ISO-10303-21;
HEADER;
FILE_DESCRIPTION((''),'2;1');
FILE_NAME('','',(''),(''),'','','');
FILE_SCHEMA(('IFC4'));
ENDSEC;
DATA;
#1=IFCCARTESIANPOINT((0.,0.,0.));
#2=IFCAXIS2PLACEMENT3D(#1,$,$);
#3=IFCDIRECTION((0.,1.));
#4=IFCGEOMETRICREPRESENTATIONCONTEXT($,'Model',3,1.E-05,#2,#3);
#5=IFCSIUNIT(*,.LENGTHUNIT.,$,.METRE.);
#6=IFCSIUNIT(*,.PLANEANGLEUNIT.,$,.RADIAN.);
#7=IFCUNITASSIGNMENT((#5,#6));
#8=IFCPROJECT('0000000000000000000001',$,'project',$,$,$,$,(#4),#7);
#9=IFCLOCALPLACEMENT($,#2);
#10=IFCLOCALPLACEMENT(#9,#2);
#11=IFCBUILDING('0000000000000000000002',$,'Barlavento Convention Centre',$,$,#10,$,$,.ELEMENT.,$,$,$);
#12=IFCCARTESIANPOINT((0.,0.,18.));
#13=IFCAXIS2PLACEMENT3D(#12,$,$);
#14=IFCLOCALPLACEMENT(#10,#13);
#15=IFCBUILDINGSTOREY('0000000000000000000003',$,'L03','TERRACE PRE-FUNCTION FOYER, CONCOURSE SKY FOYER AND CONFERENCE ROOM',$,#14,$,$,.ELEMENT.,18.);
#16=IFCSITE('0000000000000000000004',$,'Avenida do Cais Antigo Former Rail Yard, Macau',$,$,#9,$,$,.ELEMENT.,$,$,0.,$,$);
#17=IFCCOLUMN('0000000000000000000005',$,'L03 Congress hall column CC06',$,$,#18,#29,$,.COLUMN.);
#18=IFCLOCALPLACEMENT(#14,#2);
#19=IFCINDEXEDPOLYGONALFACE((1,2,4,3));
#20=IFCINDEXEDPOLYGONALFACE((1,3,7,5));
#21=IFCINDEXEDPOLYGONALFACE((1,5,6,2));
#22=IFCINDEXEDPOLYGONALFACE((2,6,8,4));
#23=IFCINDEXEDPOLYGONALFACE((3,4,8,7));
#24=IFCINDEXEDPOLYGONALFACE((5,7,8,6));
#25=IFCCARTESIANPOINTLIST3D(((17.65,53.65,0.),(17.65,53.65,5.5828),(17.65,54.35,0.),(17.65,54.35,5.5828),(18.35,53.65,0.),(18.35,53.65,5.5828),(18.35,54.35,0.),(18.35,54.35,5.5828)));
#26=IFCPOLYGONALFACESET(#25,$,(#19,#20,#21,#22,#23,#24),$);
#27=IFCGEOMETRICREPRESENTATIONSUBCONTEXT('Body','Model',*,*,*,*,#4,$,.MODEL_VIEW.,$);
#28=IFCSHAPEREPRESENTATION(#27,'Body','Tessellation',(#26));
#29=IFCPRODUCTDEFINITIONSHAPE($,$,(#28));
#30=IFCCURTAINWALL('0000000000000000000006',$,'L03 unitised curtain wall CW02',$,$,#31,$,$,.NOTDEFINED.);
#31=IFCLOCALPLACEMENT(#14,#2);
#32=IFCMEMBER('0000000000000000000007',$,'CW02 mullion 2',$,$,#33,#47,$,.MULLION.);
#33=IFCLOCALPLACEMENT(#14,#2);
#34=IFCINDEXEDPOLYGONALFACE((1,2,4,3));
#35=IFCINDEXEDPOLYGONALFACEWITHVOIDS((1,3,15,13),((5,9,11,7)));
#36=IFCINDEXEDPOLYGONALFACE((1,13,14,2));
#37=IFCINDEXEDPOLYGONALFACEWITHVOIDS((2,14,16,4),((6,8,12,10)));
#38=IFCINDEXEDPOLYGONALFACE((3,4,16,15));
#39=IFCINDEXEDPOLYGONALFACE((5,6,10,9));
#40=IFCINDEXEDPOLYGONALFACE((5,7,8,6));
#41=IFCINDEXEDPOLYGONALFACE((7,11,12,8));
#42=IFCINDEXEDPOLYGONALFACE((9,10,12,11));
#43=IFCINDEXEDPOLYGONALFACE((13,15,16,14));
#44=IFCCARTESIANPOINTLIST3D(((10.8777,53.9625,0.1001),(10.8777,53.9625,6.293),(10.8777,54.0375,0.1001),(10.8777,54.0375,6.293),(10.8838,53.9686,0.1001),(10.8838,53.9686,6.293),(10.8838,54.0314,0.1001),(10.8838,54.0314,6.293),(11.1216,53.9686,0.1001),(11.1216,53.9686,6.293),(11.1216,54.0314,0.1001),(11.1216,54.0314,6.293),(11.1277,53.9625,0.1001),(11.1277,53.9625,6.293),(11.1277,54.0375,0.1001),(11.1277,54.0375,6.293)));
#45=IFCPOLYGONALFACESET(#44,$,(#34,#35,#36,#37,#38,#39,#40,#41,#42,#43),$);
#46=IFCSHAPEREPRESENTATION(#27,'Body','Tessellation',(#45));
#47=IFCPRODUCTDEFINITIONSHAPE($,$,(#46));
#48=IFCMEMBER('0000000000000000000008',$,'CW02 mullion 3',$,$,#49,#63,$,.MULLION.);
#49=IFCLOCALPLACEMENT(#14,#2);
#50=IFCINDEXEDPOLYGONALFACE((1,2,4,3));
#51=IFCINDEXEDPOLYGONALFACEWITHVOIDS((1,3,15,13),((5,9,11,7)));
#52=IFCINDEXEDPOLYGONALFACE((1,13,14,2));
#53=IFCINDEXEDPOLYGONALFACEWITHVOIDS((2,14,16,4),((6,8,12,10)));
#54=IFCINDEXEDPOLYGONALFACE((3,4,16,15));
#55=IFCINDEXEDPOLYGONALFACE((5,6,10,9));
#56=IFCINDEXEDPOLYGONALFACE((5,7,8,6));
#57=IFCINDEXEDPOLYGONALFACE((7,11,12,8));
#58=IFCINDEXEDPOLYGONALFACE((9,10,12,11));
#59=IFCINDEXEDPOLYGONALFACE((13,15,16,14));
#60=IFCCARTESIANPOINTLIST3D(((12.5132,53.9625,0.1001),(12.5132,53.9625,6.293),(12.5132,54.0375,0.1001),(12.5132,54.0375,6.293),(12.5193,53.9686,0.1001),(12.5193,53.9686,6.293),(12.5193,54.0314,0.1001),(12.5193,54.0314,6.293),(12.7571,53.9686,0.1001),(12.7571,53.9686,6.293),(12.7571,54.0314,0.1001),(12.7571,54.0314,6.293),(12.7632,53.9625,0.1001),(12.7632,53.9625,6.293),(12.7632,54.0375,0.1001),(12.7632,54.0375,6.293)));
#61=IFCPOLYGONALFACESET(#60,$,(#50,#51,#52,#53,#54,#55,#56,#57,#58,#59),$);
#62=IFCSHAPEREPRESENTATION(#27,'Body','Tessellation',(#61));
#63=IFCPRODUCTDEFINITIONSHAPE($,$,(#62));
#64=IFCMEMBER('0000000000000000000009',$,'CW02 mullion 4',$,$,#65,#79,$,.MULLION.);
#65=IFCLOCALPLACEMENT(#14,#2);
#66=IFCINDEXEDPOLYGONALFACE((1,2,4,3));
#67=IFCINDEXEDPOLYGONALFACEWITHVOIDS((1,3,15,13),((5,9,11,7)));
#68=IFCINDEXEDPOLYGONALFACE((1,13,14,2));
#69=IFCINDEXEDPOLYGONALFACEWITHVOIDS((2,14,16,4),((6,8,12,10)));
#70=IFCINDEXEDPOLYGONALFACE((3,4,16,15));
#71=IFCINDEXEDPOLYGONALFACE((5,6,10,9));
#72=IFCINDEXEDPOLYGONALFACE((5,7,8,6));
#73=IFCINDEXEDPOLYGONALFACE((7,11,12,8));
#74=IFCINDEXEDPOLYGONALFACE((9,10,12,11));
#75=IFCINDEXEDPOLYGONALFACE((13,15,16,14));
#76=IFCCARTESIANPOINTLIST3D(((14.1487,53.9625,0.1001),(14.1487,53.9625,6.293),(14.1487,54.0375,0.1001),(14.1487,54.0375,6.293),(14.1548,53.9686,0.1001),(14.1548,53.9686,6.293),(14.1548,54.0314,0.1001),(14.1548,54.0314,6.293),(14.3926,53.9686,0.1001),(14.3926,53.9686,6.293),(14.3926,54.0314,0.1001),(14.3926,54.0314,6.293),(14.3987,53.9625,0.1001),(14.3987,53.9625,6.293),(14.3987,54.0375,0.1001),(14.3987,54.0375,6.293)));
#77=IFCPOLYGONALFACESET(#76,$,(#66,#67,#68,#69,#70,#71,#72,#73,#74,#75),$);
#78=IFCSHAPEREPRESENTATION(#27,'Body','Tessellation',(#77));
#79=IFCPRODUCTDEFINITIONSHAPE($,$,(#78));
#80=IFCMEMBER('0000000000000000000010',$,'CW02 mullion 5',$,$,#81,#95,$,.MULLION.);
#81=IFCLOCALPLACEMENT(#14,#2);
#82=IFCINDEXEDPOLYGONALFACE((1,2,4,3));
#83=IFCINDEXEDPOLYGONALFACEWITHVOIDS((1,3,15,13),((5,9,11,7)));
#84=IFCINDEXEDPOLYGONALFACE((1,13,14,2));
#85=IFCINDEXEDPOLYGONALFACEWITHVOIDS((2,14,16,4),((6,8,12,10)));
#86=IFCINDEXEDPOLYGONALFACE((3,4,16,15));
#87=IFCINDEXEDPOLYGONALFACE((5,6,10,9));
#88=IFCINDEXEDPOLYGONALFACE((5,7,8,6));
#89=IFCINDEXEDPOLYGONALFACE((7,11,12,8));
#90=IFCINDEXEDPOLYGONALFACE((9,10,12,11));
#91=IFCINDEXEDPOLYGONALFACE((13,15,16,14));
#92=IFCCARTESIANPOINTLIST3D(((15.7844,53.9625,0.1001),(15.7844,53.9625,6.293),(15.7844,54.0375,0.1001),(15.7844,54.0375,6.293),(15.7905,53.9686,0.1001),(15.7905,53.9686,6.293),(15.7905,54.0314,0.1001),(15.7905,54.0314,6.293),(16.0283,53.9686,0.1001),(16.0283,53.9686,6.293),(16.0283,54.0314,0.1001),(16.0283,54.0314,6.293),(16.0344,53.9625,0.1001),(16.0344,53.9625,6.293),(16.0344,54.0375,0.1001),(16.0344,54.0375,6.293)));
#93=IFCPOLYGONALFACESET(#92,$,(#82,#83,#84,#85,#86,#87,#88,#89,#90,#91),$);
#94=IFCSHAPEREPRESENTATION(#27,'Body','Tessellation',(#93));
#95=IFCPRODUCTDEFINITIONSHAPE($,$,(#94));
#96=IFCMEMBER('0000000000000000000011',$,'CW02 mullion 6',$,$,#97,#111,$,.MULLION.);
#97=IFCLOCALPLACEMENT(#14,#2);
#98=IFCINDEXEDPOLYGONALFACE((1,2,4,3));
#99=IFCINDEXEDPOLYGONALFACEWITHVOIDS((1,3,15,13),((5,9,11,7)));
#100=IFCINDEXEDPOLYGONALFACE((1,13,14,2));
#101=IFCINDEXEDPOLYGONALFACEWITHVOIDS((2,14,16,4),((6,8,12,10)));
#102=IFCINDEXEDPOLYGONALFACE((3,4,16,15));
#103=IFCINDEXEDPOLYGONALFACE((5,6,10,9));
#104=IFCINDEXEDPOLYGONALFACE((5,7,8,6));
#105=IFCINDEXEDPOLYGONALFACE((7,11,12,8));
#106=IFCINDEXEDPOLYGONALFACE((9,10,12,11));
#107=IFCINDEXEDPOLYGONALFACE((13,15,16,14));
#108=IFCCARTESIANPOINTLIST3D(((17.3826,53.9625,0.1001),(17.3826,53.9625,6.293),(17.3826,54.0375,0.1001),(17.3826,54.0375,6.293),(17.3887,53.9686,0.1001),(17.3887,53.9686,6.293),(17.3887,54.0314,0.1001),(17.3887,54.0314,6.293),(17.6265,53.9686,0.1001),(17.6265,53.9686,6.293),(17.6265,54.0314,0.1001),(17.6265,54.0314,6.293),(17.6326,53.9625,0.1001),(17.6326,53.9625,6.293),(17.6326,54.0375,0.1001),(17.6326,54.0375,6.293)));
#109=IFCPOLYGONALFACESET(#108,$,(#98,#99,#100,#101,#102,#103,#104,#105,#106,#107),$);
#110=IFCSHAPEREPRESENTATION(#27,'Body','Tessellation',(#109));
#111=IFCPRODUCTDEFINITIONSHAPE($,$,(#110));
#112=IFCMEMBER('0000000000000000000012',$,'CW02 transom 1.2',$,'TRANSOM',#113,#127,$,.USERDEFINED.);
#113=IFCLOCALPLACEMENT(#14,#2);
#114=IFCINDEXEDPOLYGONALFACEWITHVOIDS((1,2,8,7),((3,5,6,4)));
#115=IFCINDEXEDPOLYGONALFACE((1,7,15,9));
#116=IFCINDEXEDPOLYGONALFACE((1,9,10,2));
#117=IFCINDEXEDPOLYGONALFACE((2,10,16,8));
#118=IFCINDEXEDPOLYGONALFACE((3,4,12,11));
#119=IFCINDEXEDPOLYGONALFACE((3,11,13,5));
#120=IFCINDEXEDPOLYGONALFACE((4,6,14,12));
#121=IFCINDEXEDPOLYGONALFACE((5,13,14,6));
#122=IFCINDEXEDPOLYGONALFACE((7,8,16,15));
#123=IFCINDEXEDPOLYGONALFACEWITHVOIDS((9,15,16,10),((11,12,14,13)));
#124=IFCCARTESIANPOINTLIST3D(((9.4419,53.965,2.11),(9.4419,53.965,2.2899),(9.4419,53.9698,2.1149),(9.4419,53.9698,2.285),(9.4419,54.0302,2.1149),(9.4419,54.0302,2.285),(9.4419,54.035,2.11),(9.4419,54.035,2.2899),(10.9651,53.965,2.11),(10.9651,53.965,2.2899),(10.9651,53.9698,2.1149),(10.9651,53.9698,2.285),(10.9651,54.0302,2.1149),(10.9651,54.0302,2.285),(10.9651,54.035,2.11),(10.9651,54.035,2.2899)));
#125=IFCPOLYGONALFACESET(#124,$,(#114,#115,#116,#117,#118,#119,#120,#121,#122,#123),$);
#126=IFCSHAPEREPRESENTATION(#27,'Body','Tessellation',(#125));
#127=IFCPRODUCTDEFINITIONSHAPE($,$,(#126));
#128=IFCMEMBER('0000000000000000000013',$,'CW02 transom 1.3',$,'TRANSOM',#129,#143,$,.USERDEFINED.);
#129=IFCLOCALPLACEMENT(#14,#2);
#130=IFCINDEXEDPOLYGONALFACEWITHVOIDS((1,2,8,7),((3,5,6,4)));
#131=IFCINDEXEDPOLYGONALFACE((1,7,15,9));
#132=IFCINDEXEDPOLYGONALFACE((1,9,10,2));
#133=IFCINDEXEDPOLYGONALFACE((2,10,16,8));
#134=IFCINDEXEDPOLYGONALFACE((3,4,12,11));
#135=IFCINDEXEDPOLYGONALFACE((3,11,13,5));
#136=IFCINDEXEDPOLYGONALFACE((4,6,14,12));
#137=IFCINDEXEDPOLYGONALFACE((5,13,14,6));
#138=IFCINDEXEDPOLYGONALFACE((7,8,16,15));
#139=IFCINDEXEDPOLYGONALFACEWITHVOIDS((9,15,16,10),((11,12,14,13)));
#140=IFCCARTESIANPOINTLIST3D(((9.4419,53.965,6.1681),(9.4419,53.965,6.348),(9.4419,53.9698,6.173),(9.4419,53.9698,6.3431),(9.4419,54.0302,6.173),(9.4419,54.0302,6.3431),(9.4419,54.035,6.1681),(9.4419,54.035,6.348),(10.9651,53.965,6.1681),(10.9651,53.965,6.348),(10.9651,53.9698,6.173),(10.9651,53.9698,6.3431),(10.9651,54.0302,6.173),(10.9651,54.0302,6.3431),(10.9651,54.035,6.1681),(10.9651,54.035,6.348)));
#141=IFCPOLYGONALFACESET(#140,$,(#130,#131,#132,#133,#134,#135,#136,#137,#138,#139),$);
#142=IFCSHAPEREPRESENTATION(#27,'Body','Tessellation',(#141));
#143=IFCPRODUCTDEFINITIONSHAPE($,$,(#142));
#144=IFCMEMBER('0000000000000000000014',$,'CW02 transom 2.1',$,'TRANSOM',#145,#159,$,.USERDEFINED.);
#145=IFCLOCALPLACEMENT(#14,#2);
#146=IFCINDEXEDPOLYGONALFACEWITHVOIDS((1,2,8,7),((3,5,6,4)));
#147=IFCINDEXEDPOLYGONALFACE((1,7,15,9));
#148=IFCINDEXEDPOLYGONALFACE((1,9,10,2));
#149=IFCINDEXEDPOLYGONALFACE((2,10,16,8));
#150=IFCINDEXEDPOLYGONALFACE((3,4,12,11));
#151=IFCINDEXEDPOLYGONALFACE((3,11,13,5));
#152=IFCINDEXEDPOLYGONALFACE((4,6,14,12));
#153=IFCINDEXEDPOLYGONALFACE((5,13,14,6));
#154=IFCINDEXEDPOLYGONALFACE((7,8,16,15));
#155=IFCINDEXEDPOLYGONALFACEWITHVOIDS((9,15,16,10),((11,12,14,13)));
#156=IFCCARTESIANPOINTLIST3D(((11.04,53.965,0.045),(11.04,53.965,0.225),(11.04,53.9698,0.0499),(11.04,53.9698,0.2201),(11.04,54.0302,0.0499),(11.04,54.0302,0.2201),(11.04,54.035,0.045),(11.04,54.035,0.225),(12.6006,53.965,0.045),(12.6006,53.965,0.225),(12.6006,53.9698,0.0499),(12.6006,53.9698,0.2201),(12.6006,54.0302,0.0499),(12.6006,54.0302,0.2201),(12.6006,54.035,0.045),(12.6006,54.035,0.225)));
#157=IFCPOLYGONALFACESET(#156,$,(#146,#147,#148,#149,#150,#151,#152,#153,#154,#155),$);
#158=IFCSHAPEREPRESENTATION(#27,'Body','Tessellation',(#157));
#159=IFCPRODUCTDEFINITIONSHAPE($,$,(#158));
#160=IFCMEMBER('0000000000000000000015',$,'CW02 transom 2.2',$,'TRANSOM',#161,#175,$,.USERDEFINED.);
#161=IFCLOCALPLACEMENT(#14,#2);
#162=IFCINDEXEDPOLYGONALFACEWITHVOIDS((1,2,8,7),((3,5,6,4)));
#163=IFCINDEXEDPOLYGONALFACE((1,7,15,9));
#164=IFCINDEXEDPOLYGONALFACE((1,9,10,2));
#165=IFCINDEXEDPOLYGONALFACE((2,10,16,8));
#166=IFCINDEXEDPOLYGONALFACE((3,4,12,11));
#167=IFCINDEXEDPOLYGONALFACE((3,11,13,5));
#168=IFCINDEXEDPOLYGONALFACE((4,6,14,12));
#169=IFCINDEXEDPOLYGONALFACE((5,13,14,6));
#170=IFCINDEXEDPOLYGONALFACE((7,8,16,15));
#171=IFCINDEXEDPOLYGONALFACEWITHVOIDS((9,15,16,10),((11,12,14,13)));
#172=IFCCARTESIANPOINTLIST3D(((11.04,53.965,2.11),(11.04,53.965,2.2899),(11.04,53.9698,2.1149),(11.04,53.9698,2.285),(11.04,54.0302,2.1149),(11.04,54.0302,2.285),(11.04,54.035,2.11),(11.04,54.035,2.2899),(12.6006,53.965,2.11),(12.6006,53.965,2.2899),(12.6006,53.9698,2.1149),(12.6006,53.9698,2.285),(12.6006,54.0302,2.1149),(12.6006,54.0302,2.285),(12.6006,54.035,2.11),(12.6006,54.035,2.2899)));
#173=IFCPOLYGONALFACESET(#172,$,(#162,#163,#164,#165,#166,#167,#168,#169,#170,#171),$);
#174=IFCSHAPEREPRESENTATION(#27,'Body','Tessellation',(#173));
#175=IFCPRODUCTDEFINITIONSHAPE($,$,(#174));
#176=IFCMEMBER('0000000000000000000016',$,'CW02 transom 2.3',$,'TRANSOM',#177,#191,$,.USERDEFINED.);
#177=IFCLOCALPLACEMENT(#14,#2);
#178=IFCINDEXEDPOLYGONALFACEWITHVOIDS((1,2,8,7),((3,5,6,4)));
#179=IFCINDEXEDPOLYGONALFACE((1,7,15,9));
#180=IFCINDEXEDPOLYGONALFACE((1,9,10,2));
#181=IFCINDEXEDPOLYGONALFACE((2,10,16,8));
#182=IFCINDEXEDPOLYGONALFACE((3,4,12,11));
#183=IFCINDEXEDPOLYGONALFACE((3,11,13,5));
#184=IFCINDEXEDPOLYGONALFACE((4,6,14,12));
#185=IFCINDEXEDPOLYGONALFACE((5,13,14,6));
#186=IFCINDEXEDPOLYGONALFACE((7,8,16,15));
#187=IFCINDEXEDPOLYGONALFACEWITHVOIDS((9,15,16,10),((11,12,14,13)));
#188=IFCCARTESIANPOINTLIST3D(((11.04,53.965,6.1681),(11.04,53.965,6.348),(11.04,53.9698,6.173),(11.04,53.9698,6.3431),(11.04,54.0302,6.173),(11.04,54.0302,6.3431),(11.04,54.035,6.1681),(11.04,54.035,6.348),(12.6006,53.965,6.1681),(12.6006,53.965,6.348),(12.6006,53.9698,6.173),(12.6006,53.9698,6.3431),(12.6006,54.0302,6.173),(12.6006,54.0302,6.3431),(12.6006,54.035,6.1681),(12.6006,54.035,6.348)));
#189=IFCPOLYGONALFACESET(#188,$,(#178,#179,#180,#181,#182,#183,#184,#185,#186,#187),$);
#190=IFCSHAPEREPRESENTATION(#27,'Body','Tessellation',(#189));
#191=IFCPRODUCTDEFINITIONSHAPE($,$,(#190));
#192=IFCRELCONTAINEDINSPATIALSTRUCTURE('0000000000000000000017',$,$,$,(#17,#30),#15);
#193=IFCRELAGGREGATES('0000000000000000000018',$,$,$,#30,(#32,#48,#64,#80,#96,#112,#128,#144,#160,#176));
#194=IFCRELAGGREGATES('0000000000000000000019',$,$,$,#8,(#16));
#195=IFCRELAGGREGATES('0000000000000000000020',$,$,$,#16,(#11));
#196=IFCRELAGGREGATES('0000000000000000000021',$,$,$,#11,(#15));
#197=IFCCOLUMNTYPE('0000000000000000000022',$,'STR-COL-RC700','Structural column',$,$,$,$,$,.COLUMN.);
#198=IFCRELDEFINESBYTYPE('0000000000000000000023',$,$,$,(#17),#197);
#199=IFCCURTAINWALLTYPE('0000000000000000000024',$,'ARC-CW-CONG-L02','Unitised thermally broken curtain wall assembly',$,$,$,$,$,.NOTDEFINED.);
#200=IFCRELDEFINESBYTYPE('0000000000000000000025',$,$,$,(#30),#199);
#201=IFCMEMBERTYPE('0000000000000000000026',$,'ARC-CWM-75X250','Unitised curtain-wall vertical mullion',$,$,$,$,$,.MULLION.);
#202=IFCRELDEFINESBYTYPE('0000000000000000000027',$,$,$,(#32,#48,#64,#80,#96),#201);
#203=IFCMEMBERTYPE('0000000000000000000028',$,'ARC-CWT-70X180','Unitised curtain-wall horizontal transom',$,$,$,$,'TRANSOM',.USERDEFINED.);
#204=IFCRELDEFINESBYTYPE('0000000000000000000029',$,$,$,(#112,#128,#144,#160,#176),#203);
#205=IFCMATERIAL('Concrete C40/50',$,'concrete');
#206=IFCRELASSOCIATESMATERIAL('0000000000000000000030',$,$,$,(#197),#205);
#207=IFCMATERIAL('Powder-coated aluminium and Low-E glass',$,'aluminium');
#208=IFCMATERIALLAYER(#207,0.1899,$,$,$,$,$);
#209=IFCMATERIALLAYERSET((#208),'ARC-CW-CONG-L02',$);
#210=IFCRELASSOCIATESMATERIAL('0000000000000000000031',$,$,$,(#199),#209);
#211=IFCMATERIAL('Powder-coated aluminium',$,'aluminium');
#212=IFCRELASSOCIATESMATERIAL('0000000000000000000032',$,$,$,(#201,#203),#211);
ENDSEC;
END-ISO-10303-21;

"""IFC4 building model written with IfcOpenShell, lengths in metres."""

from ifc_helpers import new_model, si_unit, direction, frame, origin, origin_2d, place, context, subcontext, project, spatial, rectangle, hollow_rectangle, extrude, material, layer, layer_set, material_profile, profile_set, type_object, element, aggregate, save


model = new_model("IFC4")

# Units and contexts
model_context = context("Model", 3, precision=1e-05, world=origin(), true_north=direction((0.0, 1.0)))
body_context = subcontext(model_context, "Body", "Model", "MODEL_VIEW")
ifc_project = project(units=[si_unit("LENGTHUNIT", "METRE"), si_unit("PLANEANGLEUNIT", "RADIAN")], contexts=[model_context])

# Site, building, storey
site_placement = place(None, origin())
site = spatial("IfcSite", under=ifc_project, at=site_placement, Name="Avenida do Cais Antigo Former Rail Yard, Macau", CompositionType="ELEMENT", RefElevation=0.0)
building_placement = place(site_placement, origin())
building = spatial("IfcBuilding", under=site, at=building_placement, Name="Barlavento Convention Centre", CompositionType="ELEMENT")
storey_placement = place(building_placement, frame((0.0, 0.0, 18.0)))
storey = spatial("IfcBuildingStorey", under=building, at=storey_placement, Name="L03", Description="TERRACE PRE-FUNCTION FOYER, CONCOURSE SKY FOYER AND CONFERENCE ROOM", CompositionType="ELEMENT", Elevation=18.0)

# Column
ifc_material_1 = material(Name="Concrete C40/50", Category="concrete")
ifc_material_profile_1 = material_profile(ifc_material_1, rectangle(XDim=0.7, YDim=0.7, at=origin_2d()), Name="RC 700x700")
ifc_profile_set_1 = profile_set([ifc_material_profile_1], Name="Concrete C40/50")
column_type = type_object("IfcColumnType", Name="STR-COL-RC700", Description="Structural column", PredefinedType="COLUMN", material=ifc_profile_set_1)
column_placement = place(storey_placement, frame((18.0, 54.0, 0.0), z_axis=(0.0, 0.0, 1.0), x_axis=(1.0, 0.0, 0.0)))
element("IfcColumn", 1, at=column_placement, inside=storey, type_object=column_type, Name="L03 Congress hall column CC06", PredefinedType="COLUMN", context=body_context, shape_type="SweptSolid", body=[
    extrude(rectangle(XDim=0.7, YDim=0.7, at=origin_2d()), origin(), (0.0, 0.0, 1.0), 5.5828),
])

# Curtain wall, members
ifc_material_2 = material(Name="Powder-coated aluminium and Low-E glass", Category="aluminium")
ifc_layer_1 = layer(ifc_material_2, 0.1899)
ifc_layer_set_1 = layer_set([ifc_layer_1], Name="ARC-CW-CONG-L02")
curtain_wall_type = type_object("IfcCurtainWallType", Name="ARC-CW-CONG-L02", Description="Unitised thermally broken curtain wall assembly", PredefinedType="NOTDEFINED", material=ifc_layer_set_1)
curtain_wall_placement = place(storey_placement, origin())
curtain_wall = element("IfcCurtainWall", 2, at=curtain_wall_placement, inside=storey, type_object=curtain_wall_type, Name="L03 unitised curtain wall CW02", PredefinedType="NOTDEFINED")
ifc_material_3 = material(Name="Powder-coated aluminium", Category="aluminium")
ifc_material_profile_2 = material_profile(ifc_material_3, hollow_rectangle(XDim=0.075, YDim=0.25, WallThickness=0.0061, at=origin_2d()), Name="AL-MULL 75x250x6")
ifc_profile_set_2 = profile_set([ifc_material_profile_2], Name="Powder-coated aluminium")
member_type_1 = type_object("IfcMemberType", Name="ARC-CWM-75X250", Description="Unitised curtain-wall vertical mullion", PredefinedType="MULLION", material=ifc_profile_set_2)
member_1_placement = place(storey_placement, frame((11.0027, 54.0, 0.1001), z_axis=(0.0, 0.0, 1.0), x_axis=(0.0, 1.0, 0.0)))
member_1 = element("IfcMember", 3, at=member_1_placement, type_object=member_type_1, Name="CW02 mullion 2", PredefinedType="MULLION", context=body_context, shape_type="SweptSolid", body=[
    extrude(hollow_rectangle(XDim=0.075, YDim=0.25, WallThickness=0.0061, at=origin_2d()), origin(), (0.0, 0.0, 1.0), 6.1929),
])
member_2_placement = place(storey_placement, frame((12.6382, 54.0, 0.1001), z_axis=(0.0, 0.0, 1.0), x_axis=(0.0, 1.0, 0.0)))
member_2 = element("IfcMember", 4, at=member_2_placement, type_object=member_type_1, Name="CW02 mullion 3", PredefinedType="MULLION", context=body_context, shape_type="SweptSolid", body=[
    extrude(hollow_rectangle(XDim=0.075, YDim=0.25, WallThickness=0.0061, at=origin_2d()), origin(), (0.0, 0.0, 1.0), 6.1929),
])
member_3_placement = place(storey_placement, frame((14.2737, 54.0, 0.1001), z_axis=(0.0, 0.0, 1.0), x_axis=(0.0, 1.0, 0.0)))
member_3 = element("IfcMember", 5, at=member_3_placement, type_object=member_type_1, Name="CW02 mullion 4", PredefinedType="MULLION", context=body_context, shape_type="SweptSolid", body=[
    extrude(hollow_rectangle(XDim=0.075, YDim=0.25, WallThickness=0.0061, at=origin_2d()), origin(), (0.0, 0.0, 1.0), 6.1929),
])
member_4_placement = place(storey_placement, frame((15.9094, 54.0, 0.1001), z_axis=(0.0, 0.0, 1.0), x_axis=(0.0, 1.0, 0.0)))
member_4 = element("IfcMember", 6, at=member_4_placement, type_object=member_type_1, Name="CW02 mullion 5", PredefinedType="MULLION", context=body_context, shape_type="SweptSolid", body=[
    extrude(hollow_rectangle(XDim=0.075, YDim=0.25, WallThickness=0.0061, at=origin_2d()), origin(), (0.0, 0.0, 1.0), 6.1929),
])
member_5_placement = place(storey_placement, frame((17.5076, 54.0, 0.1001), z_axis=(0.0, 0.0, 1.0), x_axis=(0.0, 1.0, 0.0)))
member_5 = element("IfcMember", 7, at=member_5_placement, type_object=member_type_1, Name="CW02 mullion 6", PredefinedType="MULLION", context=body_context, shape_type="SweptSolid", body=[
    extrude(hollow_rectangle(XDim=0.075, YDim=0.25, WallThickness=0.0061, at=origin_2d()), origin(), (0.0, 0.0, 1.0), 6.1929),
])
ifc_material_profile_3 = material_profile(ifc_material_3, hollow_rectangle(XDim=0.0701, YDim=0.1799, WallThickness=0.0049, at=origin_2d()), Name="AL-TRAN 70x180x5")
ifc_profile_set_3 = profile_set([ifc_material_profile_3], Name="Powder-coated aluminium")
member_type_2 = type_object("IfcMemberType", Name="ARC-CWT-70X180", Description="Unitised curtain-wall horizontal transom", ElementType="TRANSOM", PredefinedType="USERDEFINED", material=ifc_profile_set_3)
member_6_placement = place(storey_placement, frame((9.4419, 54.0, 2.2), z_axis=(1.0, 0.0, 0.0), x_axis=(0.0, 1.0, 0.0)))
member_6 = element("IfcMember", 8, at=member_6_placement, type_object=member_type_2, Name="CW02 transom 1.2", ObjectType="TRANSOM", PredefinedType="USERDEFINED", context=body_context, shape_type="SweptSolid", body=[
    extrude(hollow_rectangle(XDim=0.0701, YDim=0.1799, WallThickness=0.0049, at=origin_2d()), origin(), (0.0, 0.0, 1.0), 1.5232),
])
member_7_placement = place(storey_placement, frame((9.4419, 54.0, 6.2581), z_axis=(1.0, 0.0, 0.0), x_axis=(0.0, 1.0, 0.0)))
member_7 = element("IfcMember", 9, at=member_7_placement, type_object=member_type_2, Name="CW02 transom 1.3", ObjectType="TRANSOM", PredefinedType="USERDEFINED", context=body_context, shape_type="SweptSolid", body=[
    extrude(hollow_rectangle(XDim=0.0701, YDim=0.1799, WallThickness=0.0049, at=origin_2d()), origin(), (0.0, 0.0, 1.0), 1.5232),
])
member_8_placement = place(storey_placement, frame((11.04, 54.0, 0.135), z_axis=(1.0, 0.0, 0.0), x_axis=(0.0, 1.0, 0.0)))
member_8 = element("IfcMember", 10, at=member_8_placement, type_object=member_type_2, Name="CW02 transom 2.1", ObjectType="TRANSOM", PredefinedType="USERDEFINED", context=body_context, shape_type="SweptSolid", body=[
    extrude(hollow_rectangle(XDim=0.0701, YDim=0.1799, WallThickness=0.0049, at=origin_2d()), origin(), (0.0, 0.0, 1.0), 1.5605),
])
member_9_placement = place(storey_placement, frame((11.04, 54.0, 2.2), z_axis=(1.0, 0.0, 0.0), x_axis=(0.0, 1.0, 0.0)))
member_9 = element("IfcMember", 11, at=member_9_placement, type_object=member_type_2, Name="CW02 transom 2.2", ObjectType="TRANSOM", PredefinedType="USERDEFINED", context=body_context, shape_type="SweptSolid", body=[
    extrude(hollow_rectangle(XDim=0.0701, YDim=0.1799, WallThickness=0.0049, at=origin_2d()), origin(), (0.0, 0.0, 1.0), 1.5605),
])
member_10_placement = place(storey_placement, frame((11.04, 54.0, 6.2581), z_axis=(1.0, 0.0, 0.0), x_axis=(0.0, 1.0, 0.0)))
member_10 = element("IfcMember", 12, at=member_10_placement, type_object=member_type_2, Name="CW02 transom 2.3", ObjectType="TRANSOM", PredefinedType="USERDEFINED", context=body_context, shape_type="SweptSolid", body=[
    extrude(hollow_rectangle(XDim=0.0701, YDim=0.1799, WallThickness=0.0049, at=origin_2d()), origin(), (0.0, 0.0, 1.0), 1.5605),
])

aggregate(curtain_wall, [member_1, member_2, member_3, member_4, member_5, member_6, member_7, member_8, member_9, member_10])

save(model, "model.ifc")
